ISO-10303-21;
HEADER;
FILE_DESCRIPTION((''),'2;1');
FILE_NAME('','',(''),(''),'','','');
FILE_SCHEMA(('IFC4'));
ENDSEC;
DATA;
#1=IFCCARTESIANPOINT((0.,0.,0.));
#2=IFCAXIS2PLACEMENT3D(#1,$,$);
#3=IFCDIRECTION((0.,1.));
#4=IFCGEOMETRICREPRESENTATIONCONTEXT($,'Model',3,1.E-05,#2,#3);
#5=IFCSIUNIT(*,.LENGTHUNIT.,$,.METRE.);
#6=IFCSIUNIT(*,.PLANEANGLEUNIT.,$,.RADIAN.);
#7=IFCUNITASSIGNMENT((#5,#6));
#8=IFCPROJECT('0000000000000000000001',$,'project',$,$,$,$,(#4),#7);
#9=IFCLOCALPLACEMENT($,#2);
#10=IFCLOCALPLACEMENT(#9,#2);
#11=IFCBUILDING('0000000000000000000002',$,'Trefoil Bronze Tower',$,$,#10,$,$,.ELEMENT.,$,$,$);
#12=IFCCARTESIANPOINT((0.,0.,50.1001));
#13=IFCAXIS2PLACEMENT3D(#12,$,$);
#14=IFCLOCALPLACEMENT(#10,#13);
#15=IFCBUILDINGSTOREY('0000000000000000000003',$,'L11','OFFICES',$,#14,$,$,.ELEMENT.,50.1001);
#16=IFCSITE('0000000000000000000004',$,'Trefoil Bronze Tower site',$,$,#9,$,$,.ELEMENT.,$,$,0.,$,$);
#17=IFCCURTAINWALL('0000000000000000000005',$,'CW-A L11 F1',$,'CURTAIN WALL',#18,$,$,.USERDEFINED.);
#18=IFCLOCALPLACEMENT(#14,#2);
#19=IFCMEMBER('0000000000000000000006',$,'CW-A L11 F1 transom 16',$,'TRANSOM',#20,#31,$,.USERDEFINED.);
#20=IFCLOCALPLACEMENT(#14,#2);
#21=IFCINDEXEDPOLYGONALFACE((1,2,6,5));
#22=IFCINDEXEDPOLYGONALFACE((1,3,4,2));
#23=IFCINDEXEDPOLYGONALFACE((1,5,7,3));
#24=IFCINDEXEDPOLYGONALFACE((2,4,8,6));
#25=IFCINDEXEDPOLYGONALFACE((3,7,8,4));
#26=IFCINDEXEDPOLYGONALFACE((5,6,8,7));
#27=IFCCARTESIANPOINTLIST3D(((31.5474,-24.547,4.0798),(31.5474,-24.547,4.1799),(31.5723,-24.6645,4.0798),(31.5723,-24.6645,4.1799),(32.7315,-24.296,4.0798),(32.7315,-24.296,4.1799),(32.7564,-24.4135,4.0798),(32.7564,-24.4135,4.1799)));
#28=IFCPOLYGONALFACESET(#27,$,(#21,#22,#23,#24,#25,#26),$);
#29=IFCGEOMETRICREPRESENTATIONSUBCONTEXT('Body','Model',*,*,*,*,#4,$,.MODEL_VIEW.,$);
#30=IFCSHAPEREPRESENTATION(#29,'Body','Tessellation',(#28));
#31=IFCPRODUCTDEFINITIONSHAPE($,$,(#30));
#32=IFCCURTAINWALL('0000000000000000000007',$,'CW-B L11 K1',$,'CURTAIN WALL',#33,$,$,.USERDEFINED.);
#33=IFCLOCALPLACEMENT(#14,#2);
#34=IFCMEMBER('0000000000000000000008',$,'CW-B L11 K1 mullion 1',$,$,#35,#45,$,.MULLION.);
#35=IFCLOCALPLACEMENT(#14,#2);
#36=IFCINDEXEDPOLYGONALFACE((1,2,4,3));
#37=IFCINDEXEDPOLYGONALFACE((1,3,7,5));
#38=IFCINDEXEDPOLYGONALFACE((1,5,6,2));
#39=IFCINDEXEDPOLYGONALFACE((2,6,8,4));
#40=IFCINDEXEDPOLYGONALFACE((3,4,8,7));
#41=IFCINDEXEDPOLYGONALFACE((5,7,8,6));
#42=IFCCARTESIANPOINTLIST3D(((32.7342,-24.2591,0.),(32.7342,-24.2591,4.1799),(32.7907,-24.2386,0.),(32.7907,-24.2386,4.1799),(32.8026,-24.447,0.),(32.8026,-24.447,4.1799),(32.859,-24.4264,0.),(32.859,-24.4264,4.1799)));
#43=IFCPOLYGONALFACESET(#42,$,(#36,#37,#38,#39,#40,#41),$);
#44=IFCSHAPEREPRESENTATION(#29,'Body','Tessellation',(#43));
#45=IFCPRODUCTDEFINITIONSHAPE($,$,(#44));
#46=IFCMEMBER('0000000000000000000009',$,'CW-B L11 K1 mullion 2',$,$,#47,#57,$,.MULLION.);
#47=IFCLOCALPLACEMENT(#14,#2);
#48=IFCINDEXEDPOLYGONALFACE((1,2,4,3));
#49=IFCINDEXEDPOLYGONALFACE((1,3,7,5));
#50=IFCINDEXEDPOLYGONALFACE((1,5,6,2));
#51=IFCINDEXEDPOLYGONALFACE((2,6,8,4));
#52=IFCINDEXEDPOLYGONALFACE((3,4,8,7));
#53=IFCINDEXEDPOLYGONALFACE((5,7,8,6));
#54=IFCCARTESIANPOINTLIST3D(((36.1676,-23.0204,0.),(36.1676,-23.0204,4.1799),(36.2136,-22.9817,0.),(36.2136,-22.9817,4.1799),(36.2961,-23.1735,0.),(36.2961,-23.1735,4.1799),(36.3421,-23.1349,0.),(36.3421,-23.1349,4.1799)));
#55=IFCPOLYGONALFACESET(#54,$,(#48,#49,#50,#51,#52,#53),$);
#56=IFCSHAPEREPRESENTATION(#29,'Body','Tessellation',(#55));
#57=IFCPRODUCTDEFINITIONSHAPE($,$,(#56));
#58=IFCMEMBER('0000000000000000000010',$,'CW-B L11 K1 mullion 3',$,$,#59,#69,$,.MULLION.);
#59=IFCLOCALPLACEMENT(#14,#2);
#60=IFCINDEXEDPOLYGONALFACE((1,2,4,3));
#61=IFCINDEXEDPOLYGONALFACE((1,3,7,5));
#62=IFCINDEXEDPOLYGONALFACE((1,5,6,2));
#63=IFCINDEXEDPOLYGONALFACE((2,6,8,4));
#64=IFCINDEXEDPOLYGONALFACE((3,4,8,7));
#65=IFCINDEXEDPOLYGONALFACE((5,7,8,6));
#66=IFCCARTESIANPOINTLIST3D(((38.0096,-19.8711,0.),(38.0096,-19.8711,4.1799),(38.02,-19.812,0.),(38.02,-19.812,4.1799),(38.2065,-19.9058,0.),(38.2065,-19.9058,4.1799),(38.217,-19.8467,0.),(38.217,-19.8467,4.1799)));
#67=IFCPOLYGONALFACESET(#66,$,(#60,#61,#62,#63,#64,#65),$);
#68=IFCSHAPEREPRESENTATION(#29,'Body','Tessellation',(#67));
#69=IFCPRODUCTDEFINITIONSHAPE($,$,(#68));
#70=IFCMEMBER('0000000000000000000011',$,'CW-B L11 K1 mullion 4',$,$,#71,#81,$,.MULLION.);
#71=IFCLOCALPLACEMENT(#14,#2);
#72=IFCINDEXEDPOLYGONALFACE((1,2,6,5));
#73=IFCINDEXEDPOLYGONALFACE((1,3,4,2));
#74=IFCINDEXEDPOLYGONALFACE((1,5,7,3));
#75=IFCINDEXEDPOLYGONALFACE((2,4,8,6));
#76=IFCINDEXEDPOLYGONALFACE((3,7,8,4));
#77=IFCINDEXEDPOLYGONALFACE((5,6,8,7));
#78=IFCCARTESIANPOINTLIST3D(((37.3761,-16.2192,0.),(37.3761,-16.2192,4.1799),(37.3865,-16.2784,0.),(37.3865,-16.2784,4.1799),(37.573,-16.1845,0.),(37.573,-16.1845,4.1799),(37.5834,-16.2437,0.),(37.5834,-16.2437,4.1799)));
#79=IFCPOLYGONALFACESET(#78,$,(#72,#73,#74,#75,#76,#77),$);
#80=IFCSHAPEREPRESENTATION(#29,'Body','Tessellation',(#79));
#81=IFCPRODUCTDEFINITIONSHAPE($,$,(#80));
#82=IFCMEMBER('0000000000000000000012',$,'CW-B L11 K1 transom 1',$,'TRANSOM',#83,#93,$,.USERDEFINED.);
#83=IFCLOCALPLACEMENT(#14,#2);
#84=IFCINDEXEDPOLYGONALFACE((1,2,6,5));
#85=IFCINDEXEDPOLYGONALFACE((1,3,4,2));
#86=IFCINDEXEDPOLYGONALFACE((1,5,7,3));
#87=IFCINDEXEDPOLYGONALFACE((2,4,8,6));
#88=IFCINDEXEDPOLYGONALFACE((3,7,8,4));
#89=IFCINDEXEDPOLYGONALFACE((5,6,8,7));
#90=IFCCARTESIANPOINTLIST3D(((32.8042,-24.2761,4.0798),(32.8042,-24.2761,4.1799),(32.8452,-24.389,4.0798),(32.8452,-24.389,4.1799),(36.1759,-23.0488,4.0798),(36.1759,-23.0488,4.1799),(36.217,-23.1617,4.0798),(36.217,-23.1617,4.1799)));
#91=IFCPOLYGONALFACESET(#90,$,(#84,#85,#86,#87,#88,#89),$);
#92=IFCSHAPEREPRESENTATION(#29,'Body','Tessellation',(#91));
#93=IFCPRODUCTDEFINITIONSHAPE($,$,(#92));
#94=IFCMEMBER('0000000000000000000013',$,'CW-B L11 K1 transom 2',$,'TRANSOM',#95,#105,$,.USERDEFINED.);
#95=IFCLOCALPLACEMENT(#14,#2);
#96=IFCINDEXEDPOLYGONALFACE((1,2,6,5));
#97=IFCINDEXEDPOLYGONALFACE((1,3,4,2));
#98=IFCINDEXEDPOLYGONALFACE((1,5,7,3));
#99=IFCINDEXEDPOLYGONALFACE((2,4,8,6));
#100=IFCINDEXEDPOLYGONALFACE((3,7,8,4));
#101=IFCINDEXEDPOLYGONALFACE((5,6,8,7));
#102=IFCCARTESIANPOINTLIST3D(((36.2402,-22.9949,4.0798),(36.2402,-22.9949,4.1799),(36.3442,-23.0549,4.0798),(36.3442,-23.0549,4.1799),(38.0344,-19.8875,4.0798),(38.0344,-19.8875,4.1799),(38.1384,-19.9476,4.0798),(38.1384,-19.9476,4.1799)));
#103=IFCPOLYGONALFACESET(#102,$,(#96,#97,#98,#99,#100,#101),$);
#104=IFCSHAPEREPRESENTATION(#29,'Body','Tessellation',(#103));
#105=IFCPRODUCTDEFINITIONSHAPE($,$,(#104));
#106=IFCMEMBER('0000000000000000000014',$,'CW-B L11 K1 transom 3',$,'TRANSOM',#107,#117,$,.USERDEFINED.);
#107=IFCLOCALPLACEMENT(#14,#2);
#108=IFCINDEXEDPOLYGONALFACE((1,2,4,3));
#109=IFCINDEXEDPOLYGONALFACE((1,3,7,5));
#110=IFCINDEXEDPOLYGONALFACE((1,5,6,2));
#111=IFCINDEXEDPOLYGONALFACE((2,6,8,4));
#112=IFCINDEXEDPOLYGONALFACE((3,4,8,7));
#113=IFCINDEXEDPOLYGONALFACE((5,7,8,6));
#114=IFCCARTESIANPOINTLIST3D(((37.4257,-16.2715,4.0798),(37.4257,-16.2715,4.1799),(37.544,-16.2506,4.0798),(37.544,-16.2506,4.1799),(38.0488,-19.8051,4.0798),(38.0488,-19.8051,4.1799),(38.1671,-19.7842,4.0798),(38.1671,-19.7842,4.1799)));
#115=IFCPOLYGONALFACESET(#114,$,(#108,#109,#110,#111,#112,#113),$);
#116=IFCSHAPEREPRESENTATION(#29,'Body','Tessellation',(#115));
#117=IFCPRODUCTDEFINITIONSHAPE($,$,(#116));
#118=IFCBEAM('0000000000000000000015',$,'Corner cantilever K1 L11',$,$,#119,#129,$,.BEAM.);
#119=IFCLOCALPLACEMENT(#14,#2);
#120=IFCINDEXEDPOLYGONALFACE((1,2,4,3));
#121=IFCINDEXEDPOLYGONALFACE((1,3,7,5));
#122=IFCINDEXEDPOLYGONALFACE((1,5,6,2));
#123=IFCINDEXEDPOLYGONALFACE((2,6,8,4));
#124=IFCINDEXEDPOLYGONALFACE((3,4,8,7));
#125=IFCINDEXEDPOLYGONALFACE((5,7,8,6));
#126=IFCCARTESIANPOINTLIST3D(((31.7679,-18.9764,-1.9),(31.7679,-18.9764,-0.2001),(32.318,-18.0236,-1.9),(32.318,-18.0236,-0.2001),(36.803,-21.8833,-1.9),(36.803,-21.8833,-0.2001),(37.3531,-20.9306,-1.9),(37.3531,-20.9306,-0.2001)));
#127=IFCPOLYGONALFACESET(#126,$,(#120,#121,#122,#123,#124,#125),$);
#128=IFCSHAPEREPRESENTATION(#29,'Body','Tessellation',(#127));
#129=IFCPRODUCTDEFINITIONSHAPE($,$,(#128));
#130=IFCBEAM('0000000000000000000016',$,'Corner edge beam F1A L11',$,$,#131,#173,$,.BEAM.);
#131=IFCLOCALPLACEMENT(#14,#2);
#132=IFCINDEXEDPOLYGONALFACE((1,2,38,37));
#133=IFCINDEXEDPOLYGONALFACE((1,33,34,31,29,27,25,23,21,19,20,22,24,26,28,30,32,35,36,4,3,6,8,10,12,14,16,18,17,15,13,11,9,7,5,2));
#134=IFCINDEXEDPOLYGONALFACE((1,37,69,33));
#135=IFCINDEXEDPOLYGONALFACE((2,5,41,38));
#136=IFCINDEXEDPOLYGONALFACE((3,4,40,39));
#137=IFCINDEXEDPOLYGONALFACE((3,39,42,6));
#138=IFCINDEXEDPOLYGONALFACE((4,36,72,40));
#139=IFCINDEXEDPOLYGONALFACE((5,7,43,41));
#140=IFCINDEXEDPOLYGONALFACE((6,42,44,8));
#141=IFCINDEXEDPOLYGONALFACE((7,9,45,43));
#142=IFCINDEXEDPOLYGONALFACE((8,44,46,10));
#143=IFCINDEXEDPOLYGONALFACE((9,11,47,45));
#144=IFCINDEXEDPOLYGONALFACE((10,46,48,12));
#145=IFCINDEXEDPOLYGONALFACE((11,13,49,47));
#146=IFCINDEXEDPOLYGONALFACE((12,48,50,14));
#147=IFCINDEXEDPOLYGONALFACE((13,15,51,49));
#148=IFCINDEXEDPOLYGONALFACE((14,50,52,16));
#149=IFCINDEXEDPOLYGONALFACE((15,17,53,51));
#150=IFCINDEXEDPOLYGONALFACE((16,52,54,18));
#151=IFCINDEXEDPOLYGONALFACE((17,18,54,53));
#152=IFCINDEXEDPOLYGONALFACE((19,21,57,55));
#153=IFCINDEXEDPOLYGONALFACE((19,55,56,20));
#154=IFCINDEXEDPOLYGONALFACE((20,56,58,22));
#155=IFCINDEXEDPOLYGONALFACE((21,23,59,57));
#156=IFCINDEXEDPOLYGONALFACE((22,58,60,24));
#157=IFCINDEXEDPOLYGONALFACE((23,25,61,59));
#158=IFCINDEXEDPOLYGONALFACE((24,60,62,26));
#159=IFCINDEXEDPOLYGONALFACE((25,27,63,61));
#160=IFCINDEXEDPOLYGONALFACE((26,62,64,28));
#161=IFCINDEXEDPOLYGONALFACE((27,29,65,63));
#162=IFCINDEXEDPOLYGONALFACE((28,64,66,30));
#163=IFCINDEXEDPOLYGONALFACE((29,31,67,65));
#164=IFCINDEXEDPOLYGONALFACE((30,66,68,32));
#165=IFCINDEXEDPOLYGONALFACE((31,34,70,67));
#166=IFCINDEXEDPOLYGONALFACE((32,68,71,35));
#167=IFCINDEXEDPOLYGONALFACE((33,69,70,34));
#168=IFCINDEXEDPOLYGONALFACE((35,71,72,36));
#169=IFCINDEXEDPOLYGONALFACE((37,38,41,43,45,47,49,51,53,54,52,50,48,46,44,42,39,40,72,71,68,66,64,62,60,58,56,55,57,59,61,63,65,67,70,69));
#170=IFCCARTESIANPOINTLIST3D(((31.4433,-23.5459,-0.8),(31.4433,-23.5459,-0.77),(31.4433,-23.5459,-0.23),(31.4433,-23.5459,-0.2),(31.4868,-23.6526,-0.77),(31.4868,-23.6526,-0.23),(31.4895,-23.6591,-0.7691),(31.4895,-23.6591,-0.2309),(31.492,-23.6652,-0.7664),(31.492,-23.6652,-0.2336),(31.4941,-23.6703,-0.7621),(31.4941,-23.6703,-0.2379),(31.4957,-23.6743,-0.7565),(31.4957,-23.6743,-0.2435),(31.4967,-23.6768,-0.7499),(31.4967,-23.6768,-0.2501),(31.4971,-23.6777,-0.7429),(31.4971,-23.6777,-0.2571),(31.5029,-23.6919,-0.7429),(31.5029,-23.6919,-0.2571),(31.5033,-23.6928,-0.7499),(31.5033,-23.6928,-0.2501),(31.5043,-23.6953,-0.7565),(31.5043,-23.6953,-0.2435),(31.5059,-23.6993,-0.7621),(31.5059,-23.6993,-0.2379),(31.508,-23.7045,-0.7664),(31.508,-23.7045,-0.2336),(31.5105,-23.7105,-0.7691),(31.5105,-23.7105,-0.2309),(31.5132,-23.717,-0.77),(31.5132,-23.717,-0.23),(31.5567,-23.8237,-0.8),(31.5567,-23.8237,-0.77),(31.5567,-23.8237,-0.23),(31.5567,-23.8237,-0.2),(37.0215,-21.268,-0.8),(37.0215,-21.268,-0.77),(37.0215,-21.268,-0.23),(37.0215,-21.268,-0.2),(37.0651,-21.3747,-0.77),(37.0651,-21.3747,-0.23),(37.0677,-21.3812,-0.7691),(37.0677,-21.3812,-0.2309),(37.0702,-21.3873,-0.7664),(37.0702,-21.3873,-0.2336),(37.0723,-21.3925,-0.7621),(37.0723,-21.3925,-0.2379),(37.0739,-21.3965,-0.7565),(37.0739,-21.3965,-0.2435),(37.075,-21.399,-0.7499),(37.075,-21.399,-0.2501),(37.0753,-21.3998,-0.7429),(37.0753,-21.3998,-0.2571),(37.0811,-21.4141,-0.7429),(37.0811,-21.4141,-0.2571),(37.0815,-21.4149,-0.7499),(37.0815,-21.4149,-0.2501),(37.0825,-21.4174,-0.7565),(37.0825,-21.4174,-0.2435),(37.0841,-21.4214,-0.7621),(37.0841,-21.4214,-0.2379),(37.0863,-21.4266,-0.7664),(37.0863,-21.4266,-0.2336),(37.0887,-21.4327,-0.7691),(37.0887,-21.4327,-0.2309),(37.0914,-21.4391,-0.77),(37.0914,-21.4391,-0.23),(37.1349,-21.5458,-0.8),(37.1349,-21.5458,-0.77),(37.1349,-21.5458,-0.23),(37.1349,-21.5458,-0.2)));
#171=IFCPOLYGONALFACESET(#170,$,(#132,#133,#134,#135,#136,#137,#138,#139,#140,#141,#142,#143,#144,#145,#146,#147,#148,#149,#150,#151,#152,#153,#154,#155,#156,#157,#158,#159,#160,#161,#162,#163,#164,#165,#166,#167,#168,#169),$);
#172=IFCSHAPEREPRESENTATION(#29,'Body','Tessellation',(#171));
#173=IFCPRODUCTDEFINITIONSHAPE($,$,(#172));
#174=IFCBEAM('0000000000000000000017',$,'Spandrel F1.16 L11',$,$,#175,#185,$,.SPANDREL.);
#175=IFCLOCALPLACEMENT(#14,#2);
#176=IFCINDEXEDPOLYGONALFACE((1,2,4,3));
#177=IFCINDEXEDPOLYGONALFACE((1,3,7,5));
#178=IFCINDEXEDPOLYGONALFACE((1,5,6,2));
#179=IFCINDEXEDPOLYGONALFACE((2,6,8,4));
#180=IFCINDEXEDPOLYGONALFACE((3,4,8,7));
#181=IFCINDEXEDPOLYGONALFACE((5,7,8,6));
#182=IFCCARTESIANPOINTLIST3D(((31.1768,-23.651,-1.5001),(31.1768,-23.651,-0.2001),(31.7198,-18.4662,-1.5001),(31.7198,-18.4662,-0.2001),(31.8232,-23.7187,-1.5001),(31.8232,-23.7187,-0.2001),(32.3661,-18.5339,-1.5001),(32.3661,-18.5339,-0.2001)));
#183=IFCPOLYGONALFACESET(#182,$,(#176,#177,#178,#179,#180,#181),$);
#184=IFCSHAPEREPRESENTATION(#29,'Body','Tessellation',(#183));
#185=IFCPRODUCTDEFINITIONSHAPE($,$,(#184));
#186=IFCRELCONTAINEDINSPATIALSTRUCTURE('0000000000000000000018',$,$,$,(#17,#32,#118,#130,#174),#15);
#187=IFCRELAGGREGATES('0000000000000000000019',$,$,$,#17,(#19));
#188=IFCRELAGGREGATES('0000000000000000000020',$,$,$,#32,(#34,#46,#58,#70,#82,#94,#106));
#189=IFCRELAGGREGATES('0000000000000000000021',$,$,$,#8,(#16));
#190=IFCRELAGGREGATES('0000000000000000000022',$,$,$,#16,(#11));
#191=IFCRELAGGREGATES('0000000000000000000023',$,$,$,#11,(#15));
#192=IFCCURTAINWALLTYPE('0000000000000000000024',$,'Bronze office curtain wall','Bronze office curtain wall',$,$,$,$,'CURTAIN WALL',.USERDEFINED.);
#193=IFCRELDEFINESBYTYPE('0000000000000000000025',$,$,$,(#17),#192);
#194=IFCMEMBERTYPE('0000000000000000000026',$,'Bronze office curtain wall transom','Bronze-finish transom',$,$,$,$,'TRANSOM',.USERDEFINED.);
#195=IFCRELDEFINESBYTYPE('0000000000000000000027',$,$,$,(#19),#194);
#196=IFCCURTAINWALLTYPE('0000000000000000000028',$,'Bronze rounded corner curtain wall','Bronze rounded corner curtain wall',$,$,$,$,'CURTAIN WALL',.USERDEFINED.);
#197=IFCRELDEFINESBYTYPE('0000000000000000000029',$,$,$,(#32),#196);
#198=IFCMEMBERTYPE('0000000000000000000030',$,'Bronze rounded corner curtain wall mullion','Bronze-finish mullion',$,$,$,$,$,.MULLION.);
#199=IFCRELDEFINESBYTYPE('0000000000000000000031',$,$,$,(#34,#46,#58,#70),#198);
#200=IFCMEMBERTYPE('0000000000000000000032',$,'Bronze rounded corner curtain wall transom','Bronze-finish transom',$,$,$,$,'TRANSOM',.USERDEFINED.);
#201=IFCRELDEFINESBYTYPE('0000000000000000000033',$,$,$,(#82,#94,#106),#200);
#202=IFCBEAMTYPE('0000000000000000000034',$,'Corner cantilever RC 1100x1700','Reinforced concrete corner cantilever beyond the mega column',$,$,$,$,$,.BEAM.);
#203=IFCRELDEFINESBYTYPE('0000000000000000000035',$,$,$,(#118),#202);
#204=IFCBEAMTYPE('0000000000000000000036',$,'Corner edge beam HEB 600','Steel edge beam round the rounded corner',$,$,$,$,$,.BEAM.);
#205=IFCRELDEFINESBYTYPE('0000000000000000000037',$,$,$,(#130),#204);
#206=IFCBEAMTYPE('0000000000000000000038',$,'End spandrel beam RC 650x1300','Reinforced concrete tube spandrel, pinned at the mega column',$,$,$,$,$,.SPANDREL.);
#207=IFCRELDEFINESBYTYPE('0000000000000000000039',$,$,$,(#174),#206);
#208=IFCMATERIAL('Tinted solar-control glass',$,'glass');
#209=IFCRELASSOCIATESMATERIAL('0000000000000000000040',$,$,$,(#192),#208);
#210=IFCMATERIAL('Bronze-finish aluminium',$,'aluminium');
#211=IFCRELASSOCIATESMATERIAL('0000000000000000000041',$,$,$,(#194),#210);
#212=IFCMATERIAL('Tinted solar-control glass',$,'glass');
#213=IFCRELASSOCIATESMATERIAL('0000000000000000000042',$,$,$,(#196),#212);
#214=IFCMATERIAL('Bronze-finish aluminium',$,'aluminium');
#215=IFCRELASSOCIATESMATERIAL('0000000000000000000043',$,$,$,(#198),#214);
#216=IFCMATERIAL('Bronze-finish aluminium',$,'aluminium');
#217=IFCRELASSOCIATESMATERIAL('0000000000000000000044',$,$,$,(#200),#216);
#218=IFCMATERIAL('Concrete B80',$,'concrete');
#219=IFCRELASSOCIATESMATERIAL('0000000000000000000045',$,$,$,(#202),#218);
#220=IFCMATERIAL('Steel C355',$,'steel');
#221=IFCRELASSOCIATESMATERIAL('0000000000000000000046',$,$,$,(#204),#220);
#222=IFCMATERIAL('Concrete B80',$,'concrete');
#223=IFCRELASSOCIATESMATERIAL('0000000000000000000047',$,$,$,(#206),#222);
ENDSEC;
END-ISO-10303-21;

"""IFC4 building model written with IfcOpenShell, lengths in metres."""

from ifc_helpers import new_model, si_unit, direction, frame, origin, origin_2d, place, context, subcontext, project, spatial, rectangle, i_section, extrude, material, material_profile, profile_set, type_object, element, aggregate, save


model = new_model("IFC4")

# Units and contexts
model_context = context("Model", 3, precision=1e-05, world=origin(), true_north=direction((0.0, 1.0)))
body_context = subcontext(model_context, "Body", "Model", "MODEL_VIEW")
ifc_project = project(units=[si_unit("LENGTHUNIT", "METRE"), si_unit("PLANEANGLEUNIT", "RADIAN")], contexts=[model_context])

# Site, building, storey
site_placement = place(None, origin())
site = spatial("IfcSite", under=ifc_project, at=site_placement, Name="Trefoil Bronze Tower site", CompositionType="ELEMENT", RefElevation=0.0)
building_placement = place(site_placement, origin())
building = spatial("IfcBuilding", under=site, at=building_placement, Name="Trefoil Bronze Tower", CompositionType="ELEMENT")
storey_placement = place(building_placement, frame((0.0, 0.0, 50.1001)))
storey = spatial("IfcBuildingStorey", under=building, at=storey_placement, Name="L11", Description="OFFICES", CompositionType="ELEMENT", Elevation=50.1001)

# Curtain walls, members
ifc_material_1 = material(Name="Tinted solar-control glass", Category="glass")
curtain_wall_type_1 = type_object("IfcCurtainWallType", Name="Bronze office curtain wall", Description="Bronze office curtain wall", ElementType="CURTAIN WALL", PredefinedType="USERDEFINED", material=ifc_material_1)
curtain_wall_1_placement = place(storey_placement, origin())
curtain_wall_1 = element("IfcCurtainWall", 1, at=curtain_wall_1_placement, inside=storey, type_object=curtain_wall_type_1, Name="CW-A L11 F1", ObjectType="CURTAIN WALL", PredefinedType="USERDEFINED")
ifc_material_2 = material(Name="Bronze-finish aluminium", Category="aluminium")
ifc_material_profile_1 = material_profile(ifc_material_2, rectangle(XDim=0.1201, YDim=0.1001, at=origin_2d()), Name="CW-A transom")
ifc_profile_set_1 = profile_set([ifc_material_profile_1], Name="Bronze-finish aluminium")
member_type_1 = type_object("IfcMemberType", Name="Bronze office curtain wall transom", Description="Bronze-finish transom", ElementType="TRANSOM", PredefinedType="USERDEFINED", material=ifc_profile_set_1)
member_1_placement = place(storey_placement, frame((31.5598, -24.6057, 4.1299), z_axis=(0.978266, 0.207352, 0.0), x_axis=(-0.207352, 0.978266, 0.0)))
member_1 = element("IfcMember", 2, at=member_1_placement, type_object=member_type_1, Name="CW-A L11 F1 transom 16", ObjectType="TRANSOM", PredefinedType="USERDEFINED", context=body_context, shape_type="SweptSolid", body=[
    extrude(rectangle(XDim=0.1201, YDim=0.1001, at=origin_2d()), origin(), (0.0, 0.0, 1.0), 1.2104),
])
ifc_material_3 = material(Name="Tinted solar-control glass", Category="glass")
curtain_wall_type_2 = type_object("IfcCurtainWallType", Name="Bronze rounded corner curtain wall", Description="Bronze rounded corner curtain wall", ElementType="CURTAIN WALL", PredefinedType="USERDEFINED", material=ifc_material_3)
curtain_wall_2_placement = place(storey_placement, origin())
curtain_wall_2 = element("IfcCurtainWall", 3, at=curtain_wall_2_placement, inside=storey, type_object=curtain_wall_type_2, Name="CW-B L11 K1", ObjectType="CURTAIN WALL", PredefinedType="USERDEFINED")
ifc_material_4 = material(Name="Bronze-finish aluminium", Category="aluminium")
ifc_material_profile_2 = material_profile(ifc_material_4, rectangle(XDim=0.2, YDim=0.0601, at=origin_2d()), Name="CW-B mullion")
ifc_profile_set_2 = profile_set([ifc_material_profile_2], Name="Bronze-finish aluminium")
member_type_2 = type_object("IfcMemberType", Name="Bronze rounded corner curtain wall mullion", Description="Bronze-finish mullion", PredefinedType="MULLION", material=ifc_profile_set_2)
member_2_placement = place(storey_placement, frame((32.7966, -24.3428, 0.0), z_axis=(0.0, 0.0, 1.0), x_axis=(-0.34202, 0.939693, 0.0)))
member_2 = element("IfcMember", 4, at=member_2_placement, type_object=member_type_2, Name="CW-B L11 K1 mullion 1", PredefinedType="MULLION", context=body_context, shape_type="SweptSolid", body=[
    extrude(rectangle(XDim=0.2, YDim=0.0601, at=origin_2d()), origin(), (0.0, 0.0, 1.0), 4.1799),
])
member_3_placement = place(storey_placement, frame((36.2549, -23.0776, 0.0), z_axis=(0.0, 0.0, 1.0), x_axis=(-0.642788, 0.766044, 0.0)))
member_3 = element("IfcMember", 5, at=member_3_placement, type_object=member_type_2, Name="CW-B L11 K1 mullion 2", PredefinedType="MULLION", context=body_context, shape_type="SweptSolid", body=[
    extrude(rectangle(XDim=0.2, YDim=0.0601, at=origin_2d()), origin(), (0.0, 0.0, 1.0), 4.1799),
])
member_4_placement = place(storey_placement, frame((38.1133, -19.8589, 0.0), z_axis=(0.0, 0.0, 1.0), x_axis=(-0.984808, 0.173648, 0.0)))
member_4 = element("IfcMember", 6, at=member_4_placement, type_object=member_type_2, Name="CW-B L11 K1 mullion 3", PredefinedType="MULLION", context=body_context, shape_type="SweptSolid", body=[
    extrude(rectangle(XDim=0.2, YDim=0.0601, at=origin_2d()), origin(), (0.0, 0.0, 1.0), 4.1799),
])
member_5_placement = place(storey_placement, frame((37.4797, -16.2314, 0.0), z_axis=(0.0, 0.0, 1.0), x_axis=(-0.984808, -0.173648, 0.0)))
member_5 = element("IfcMember", 7, at=member_5_placement, type_object=member_type_2, Name="CW-B L11 K1 mullion 4", PredefinedType="MULLION", context=body_context, shape_type="SweptSolid", body=[
    extrude(rectangle(XDim=0.2, YDim=0.0601, at=origin_2d()), origin(), (0.0, 0.0, 1.0), 4.1799),
])
ifc_material_5 = material(Name="Bronze-finish aluminium", Category="aluminium")
ifc_material_profile_3 = material_profile(ifc_material_5, rectangle(XDim=0.1201, YDim=0.1001, at=origin_2d()), Name="CW-B transom")
ifc_profile_set_3 = profile_set([ifc_material_profile_3], Name="Bronze-finish aluminium")
member_type_3 = type_object("IfcMemberType", Name="Bronze rounded corner curtain wall transom", Description="Bronze-finish transom", ElementType="TRANSOM", PredefinedType="USERDEFINED", material=ifc_profile_set_3)
member_6_placement = place(storey_placement, frame((32.8247, -24.3325, 4.1299), z_axis=(0.939688, 0.342033, 0.0), x_axis=(-0.342033, 0.939688, 0.0)))
member_6 = element("IfcMember", 8, at=member_6_placement, type_object=member_type_3, Name="CW-B L11 K1 transom 1", ObjectType="TRANSOM", PredefinedType="USERDEFINED", context=body_context, shape_type="SweptSolid", body=[
    extrude(rectangle(XDim=0.1201, YDim=0.1001, at=origin_2d()), origin(), (0.0, 0.0, 1.0), 3.5881),
])
member_7_placement = place(storey_placement, frame((36.2922, -23.0249, 4.1299), z_axis=(0.500025, 0.866011, 0.0), x_axis=(-0.866011, 0.500025, 0.0)))
member_7 = element("IfcMember", 9, at=member_7_placement, type_object=member_type_3, Name="CW-B L11 K1 transom 2", ObjectType="TRANSOM", PredefinedType="USERDEFINED", context=body_context, shape_type="SweptSolid", body=[
    extrude(rectangle(XDim=0.1201, YDim=0.1001, at=origin_2d()), origin(), (0.0, 0.0, 1.0), 3.5881),
])
member_8_placement = place(storey_placement, frame((38.1079, -19.7947, 4.1299), z_axis=(-0.173638, 0.98481, 0.0), x_axis=(-0.98481, -0.173638, 0.0)))
member_8 = element("IfcMember", 10, at=member_8_placement, type_object=member_type_3, Name="CW-B L11 K1 transom 3", ObjectType="TRANSOM", PredefinedType="USERDEFINED", context=body_context, shape_type="SweptSolid", body=[
    extrude(rectangle(XDim=0.1201, YDim=0.1001, at=origin_2d()), origin(), (0.0, 0.0, 1.0), 3.5881),
])

# Beams
ifc_material_6 = material(Name="Concrete B80", Category="concrete")
ifc_material_profile_4 = material_profile(ifc_material_6, rectangle(XDim=1.1001, YDim=1.7, at=origin_2d()), Name="RC 1100x1700")
ifc_profile_set_4 = profile_set([ifc_material_profile_4], Name="Concrete B80")
beam_type_1 = type_object("IfcBeamType", Name="Corner cantilever RC 1100x1700", Description="Reinforced concrete corner cantilever beyond the mega column", PredefinedType="BEAM", material=ifc_profile_set_4)
beam_1_placement = place(storey_placement, frame((32.043, -18.5, -1.05), z_axis=(0.86603, -0.499991, 0.0), x_axis=(0.499991, 0.86603, 0.0)))
element("IfcBeam", 11, at=beam_1_placement, inside=storey, type_object=beam_type_1, Name="Corner cantilever K1 L11", PredefinedType="BEAM", context=body_context, shape_type="SweptSolid", body=[
    extrude(rectangle(XDim=1.1001, YDim=1.7, at=origin_2d()), origin(), (0.0, 0.0, 1.0), 5.814),
])
ifc_material_7 = material(Name="Steel C355", Category="steel")
ifc_material_profile_5 = material_profile(ifc_material_7, i_section(OverallWidth=0.3, OverallDepth=0.6001, WebThickness=0.0154, FlangeThickness=0.03, FilletRadius=0.0271, at=origin_2d()), Name="HEB 600")
ifc_profile_set_5 = profile_set([ifc_material_profile_5], Name="Steel C355")
beam_type_2 = type_object("IfcBeamType", Name="Corner edge beam HEB 600", Description="Steel edge beam round the rounded corner", PredefinedType="BEAM", material=ifc_profile_set_5)
beam_2_placement = place(storey_placement, frame((31.5, -23.6848, -0.5), z_axis=(0.925787, 0.378046, 0.0), x_axis=(-0.378046, 0.925787, 0.0)))
element("IfcBeam", 12, at=beam_2_placement, inside=storey, type_object=beam_type_2, Name="Corner edge beam F1A L11", PredefinedType="BEAM", context=body_context, shape_type="SweptSolid", body=[
    extrude(i_section(OverallWidth=0.3, OverallDepth=0.6001, WebThickness=0.0154, FlangeThickness=0.03, FilletRadius=0.0271, at=origin_2d()), origin(), (0.0, 0.0, 1.0), 6.0254),
])
ifc_material_8 = material(Name="Concrete B80", Category="concrete")
ifc_material_profile_6 = material_profile(ifc_material_8, rectangle(XDim=0.6499, YDim=1.3, at=origin_2d()), Name="RC 650x1300")
ifc_profile_set_6 = profile_set([ifc_material_profile_6], Name="Concrete B80")
beam_type_3 = type_object("IfcBeamType", Name="End spandrel beam RC 650x1300", Description="Reinforced concrete tube spandrel, pinned at the mega column", PredefinedType="SPANDREL", material=ifc_profile_set_6)
for number, where, z_axis, x_axis, name in (
    (13, (31.5, -23.6848, -0.8501), (0.104153, 0.994561, 0.0), (-0.994561, 0.104153, 0.0), "Spandrel F1.16 L11"),
):
    element("IfcBeam", number, at=place(storey_placement, frame(where, z_axis=z_axis, x_axis=x_axis)), inside=storey, type_object=beam_type_3, Name=name, PredefinedType="SPANDREL", context=body_context, shape_type="SweptSolid", body=[
        extrude(rectangle(XDim=0.6499, YDim=1.3, at=origin_2d()), origin(), (0.0, 0.0, 1.0), 5.2131),
    ])

aggregate(curtain_wall_1, [member_1])
aggregate(curtain_wall_2, [member_2, member_3, member_4, member_5, member_6, member_7, member_8])

save(model, "model.ifc")
